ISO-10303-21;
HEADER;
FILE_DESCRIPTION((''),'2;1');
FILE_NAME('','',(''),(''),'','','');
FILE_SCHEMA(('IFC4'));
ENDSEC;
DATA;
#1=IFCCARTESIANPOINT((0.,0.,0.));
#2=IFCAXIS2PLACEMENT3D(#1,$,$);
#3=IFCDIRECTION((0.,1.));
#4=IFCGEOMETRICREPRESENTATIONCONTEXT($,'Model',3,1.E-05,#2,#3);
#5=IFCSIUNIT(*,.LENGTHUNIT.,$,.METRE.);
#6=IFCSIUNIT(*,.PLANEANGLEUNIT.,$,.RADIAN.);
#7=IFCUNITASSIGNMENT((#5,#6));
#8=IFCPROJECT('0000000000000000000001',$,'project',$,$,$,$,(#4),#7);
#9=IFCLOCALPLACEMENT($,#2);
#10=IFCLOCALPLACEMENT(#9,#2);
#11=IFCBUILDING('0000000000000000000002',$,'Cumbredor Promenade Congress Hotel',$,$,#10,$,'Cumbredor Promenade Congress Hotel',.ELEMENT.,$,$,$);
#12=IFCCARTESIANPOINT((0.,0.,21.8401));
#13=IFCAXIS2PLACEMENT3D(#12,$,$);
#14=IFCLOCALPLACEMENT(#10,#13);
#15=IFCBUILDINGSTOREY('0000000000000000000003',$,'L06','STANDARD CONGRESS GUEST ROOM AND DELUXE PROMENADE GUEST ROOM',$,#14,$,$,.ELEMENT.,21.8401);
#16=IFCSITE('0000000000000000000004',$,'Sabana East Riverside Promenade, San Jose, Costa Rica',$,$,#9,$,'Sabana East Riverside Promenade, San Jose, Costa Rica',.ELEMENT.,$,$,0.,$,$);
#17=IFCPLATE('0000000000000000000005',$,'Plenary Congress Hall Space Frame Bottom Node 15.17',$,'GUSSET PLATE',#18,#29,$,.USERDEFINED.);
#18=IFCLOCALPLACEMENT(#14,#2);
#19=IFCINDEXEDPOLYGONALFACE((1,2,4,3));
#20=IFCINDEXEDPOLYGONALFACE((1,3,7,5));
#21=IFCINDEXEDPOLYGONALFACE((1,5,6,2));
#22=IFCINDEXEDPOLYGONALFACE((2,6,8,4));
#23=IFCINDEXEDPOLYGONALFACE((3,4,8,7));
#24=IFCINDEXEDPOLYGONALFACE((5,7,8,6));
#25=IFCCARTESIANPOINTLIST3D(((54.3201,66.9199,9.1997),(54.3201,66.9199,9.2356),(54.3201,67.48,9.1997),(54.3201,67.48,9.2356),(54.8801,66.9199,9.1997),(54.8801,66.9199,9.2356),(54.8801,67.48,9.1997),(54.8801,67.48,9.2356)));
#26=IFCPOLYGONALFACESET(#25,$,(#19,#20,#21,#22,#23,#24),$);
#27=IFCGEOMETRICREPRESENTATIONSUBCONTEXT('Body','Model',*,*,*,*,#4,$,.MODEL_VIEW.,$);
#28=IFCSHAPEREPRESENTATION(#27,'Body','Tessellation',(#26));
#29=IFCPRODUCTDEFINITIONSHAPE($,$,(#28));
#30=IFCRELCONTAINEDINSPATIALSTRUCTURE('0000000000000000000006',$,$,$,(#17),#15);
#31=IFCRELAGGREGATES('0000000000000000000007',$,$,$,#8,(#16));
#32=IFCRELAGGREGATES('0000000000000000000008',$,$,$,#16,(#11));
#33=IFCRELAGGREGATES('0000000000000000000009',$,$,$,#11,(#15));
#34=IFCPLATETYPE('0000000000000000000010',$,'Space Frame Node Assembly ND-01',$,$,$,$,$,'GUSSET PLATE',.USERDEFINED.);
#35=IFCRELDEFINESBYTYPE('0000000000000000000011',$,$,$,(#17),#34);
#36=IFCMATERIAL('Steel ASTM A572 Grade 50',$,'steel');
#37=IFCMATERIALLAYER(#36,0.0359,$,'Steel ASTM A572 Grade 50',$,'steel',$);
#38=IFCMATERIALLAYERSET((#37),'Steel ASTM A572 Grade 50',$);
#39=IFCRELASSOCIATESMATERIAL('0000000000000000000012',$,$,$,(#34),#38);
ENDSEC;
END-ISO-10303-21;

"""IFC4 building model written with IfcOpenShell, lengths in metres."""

from ifc_helpers import new_model, si_unit, direction, frame, origin, origin_2d, place, context, subcontext, project, spatial, rectangle, extrude, material, layer, layer_set, type_object, element, save


model = new_model("IFC4")

# Units and contexts
model_context = context("Model", 3, precision=1e-05, world=origin(), true_north=direction((0.0, 1.0)))
body_context = subcontext(model_context, "Body", "Model", "MODEL_VIEW")
ifc_project = project(units=[si_unit("LENGTHUNIT", "METRE"), si_unit("PLANEANGLEUNIT", "RADIAN")], contexts=[model_context])

# Site, building, storey
site_placement = place(None, origin())
site = spatial("IfcSite", under=ifc_project, at=site_placement, Name="Sabana East Riverside Promenade, San Jose, Costa Rica", LongName="Sabana East Riverside Promenade, San Jose, Costa Rica", CompositionType="ELEMENT", RefElevation=0.0)
building_placement = place(site_placement, origin())
building = spatial("IfcBuilding", under=site, at=building_placement, Name="Cumbredor Promenade Congress Hotel", LongName="Cumbredor Promenade Congress Hotel", CompositionType="ELEMENT")
storey_placement = place(building_placement, frame((0.0, 0.0, 21.8401)))
storey = spatial("IfcBuildingStorey", under=building, at=storey_placement, Name="L06", Description="STANDARD CONGRESS GUEST ROOM AND DELUXE PROMENADE GUEST ROOM", CompositionType="ELEMENT", Elevation=21.8401)

# Plate
ifc_material_1 = material(Name="Steel ASTM A572 Grade 50", Category="steel")
ifc_layer_1 = layer(ifc_material_1, 0.0359, Name="Steel ASTM A572 Grade 50", Category="steel")
ifc_layer_set_1 = layer_set([ifc_layer_1], Name="Steel ASTM A572 Grade 50")
plate_type_1 = type_object("IfcPlateType", Name="Space Frame Node Assembly ND-01", ElementType="GUSSET PLATE", PredefinedType="USERDEFINED", material=ifc_layer_set_1)
for number, where, z_axis, x_axis, name in (
    (1, (54.6001, 67.2, 9.1997), (0.0, 0.0, 1.0), (1.0, 0.0, 0.0), "Plenary Congress Hall Space Frame Bottom Node 15.17"),
):
    element("IfcPlate", number, at=place(storey_placement, frame(where, z_axis=z_axis, x_axis=x_axis)), inside=storey, type_object=plate_type_1, Name=name, ObjectType="GUSSET PLATE", PredefinedType="USERDEFINED", context=body_context, shape_type="SweptSolid", body=[
        extrude(rectangle(XDim=0.5601, YDim=0.5601, at=origin_2d()), origin(), (0.0, 0.0, 1.0), 0.0359),
    ])

save(model, "model.ifc")
